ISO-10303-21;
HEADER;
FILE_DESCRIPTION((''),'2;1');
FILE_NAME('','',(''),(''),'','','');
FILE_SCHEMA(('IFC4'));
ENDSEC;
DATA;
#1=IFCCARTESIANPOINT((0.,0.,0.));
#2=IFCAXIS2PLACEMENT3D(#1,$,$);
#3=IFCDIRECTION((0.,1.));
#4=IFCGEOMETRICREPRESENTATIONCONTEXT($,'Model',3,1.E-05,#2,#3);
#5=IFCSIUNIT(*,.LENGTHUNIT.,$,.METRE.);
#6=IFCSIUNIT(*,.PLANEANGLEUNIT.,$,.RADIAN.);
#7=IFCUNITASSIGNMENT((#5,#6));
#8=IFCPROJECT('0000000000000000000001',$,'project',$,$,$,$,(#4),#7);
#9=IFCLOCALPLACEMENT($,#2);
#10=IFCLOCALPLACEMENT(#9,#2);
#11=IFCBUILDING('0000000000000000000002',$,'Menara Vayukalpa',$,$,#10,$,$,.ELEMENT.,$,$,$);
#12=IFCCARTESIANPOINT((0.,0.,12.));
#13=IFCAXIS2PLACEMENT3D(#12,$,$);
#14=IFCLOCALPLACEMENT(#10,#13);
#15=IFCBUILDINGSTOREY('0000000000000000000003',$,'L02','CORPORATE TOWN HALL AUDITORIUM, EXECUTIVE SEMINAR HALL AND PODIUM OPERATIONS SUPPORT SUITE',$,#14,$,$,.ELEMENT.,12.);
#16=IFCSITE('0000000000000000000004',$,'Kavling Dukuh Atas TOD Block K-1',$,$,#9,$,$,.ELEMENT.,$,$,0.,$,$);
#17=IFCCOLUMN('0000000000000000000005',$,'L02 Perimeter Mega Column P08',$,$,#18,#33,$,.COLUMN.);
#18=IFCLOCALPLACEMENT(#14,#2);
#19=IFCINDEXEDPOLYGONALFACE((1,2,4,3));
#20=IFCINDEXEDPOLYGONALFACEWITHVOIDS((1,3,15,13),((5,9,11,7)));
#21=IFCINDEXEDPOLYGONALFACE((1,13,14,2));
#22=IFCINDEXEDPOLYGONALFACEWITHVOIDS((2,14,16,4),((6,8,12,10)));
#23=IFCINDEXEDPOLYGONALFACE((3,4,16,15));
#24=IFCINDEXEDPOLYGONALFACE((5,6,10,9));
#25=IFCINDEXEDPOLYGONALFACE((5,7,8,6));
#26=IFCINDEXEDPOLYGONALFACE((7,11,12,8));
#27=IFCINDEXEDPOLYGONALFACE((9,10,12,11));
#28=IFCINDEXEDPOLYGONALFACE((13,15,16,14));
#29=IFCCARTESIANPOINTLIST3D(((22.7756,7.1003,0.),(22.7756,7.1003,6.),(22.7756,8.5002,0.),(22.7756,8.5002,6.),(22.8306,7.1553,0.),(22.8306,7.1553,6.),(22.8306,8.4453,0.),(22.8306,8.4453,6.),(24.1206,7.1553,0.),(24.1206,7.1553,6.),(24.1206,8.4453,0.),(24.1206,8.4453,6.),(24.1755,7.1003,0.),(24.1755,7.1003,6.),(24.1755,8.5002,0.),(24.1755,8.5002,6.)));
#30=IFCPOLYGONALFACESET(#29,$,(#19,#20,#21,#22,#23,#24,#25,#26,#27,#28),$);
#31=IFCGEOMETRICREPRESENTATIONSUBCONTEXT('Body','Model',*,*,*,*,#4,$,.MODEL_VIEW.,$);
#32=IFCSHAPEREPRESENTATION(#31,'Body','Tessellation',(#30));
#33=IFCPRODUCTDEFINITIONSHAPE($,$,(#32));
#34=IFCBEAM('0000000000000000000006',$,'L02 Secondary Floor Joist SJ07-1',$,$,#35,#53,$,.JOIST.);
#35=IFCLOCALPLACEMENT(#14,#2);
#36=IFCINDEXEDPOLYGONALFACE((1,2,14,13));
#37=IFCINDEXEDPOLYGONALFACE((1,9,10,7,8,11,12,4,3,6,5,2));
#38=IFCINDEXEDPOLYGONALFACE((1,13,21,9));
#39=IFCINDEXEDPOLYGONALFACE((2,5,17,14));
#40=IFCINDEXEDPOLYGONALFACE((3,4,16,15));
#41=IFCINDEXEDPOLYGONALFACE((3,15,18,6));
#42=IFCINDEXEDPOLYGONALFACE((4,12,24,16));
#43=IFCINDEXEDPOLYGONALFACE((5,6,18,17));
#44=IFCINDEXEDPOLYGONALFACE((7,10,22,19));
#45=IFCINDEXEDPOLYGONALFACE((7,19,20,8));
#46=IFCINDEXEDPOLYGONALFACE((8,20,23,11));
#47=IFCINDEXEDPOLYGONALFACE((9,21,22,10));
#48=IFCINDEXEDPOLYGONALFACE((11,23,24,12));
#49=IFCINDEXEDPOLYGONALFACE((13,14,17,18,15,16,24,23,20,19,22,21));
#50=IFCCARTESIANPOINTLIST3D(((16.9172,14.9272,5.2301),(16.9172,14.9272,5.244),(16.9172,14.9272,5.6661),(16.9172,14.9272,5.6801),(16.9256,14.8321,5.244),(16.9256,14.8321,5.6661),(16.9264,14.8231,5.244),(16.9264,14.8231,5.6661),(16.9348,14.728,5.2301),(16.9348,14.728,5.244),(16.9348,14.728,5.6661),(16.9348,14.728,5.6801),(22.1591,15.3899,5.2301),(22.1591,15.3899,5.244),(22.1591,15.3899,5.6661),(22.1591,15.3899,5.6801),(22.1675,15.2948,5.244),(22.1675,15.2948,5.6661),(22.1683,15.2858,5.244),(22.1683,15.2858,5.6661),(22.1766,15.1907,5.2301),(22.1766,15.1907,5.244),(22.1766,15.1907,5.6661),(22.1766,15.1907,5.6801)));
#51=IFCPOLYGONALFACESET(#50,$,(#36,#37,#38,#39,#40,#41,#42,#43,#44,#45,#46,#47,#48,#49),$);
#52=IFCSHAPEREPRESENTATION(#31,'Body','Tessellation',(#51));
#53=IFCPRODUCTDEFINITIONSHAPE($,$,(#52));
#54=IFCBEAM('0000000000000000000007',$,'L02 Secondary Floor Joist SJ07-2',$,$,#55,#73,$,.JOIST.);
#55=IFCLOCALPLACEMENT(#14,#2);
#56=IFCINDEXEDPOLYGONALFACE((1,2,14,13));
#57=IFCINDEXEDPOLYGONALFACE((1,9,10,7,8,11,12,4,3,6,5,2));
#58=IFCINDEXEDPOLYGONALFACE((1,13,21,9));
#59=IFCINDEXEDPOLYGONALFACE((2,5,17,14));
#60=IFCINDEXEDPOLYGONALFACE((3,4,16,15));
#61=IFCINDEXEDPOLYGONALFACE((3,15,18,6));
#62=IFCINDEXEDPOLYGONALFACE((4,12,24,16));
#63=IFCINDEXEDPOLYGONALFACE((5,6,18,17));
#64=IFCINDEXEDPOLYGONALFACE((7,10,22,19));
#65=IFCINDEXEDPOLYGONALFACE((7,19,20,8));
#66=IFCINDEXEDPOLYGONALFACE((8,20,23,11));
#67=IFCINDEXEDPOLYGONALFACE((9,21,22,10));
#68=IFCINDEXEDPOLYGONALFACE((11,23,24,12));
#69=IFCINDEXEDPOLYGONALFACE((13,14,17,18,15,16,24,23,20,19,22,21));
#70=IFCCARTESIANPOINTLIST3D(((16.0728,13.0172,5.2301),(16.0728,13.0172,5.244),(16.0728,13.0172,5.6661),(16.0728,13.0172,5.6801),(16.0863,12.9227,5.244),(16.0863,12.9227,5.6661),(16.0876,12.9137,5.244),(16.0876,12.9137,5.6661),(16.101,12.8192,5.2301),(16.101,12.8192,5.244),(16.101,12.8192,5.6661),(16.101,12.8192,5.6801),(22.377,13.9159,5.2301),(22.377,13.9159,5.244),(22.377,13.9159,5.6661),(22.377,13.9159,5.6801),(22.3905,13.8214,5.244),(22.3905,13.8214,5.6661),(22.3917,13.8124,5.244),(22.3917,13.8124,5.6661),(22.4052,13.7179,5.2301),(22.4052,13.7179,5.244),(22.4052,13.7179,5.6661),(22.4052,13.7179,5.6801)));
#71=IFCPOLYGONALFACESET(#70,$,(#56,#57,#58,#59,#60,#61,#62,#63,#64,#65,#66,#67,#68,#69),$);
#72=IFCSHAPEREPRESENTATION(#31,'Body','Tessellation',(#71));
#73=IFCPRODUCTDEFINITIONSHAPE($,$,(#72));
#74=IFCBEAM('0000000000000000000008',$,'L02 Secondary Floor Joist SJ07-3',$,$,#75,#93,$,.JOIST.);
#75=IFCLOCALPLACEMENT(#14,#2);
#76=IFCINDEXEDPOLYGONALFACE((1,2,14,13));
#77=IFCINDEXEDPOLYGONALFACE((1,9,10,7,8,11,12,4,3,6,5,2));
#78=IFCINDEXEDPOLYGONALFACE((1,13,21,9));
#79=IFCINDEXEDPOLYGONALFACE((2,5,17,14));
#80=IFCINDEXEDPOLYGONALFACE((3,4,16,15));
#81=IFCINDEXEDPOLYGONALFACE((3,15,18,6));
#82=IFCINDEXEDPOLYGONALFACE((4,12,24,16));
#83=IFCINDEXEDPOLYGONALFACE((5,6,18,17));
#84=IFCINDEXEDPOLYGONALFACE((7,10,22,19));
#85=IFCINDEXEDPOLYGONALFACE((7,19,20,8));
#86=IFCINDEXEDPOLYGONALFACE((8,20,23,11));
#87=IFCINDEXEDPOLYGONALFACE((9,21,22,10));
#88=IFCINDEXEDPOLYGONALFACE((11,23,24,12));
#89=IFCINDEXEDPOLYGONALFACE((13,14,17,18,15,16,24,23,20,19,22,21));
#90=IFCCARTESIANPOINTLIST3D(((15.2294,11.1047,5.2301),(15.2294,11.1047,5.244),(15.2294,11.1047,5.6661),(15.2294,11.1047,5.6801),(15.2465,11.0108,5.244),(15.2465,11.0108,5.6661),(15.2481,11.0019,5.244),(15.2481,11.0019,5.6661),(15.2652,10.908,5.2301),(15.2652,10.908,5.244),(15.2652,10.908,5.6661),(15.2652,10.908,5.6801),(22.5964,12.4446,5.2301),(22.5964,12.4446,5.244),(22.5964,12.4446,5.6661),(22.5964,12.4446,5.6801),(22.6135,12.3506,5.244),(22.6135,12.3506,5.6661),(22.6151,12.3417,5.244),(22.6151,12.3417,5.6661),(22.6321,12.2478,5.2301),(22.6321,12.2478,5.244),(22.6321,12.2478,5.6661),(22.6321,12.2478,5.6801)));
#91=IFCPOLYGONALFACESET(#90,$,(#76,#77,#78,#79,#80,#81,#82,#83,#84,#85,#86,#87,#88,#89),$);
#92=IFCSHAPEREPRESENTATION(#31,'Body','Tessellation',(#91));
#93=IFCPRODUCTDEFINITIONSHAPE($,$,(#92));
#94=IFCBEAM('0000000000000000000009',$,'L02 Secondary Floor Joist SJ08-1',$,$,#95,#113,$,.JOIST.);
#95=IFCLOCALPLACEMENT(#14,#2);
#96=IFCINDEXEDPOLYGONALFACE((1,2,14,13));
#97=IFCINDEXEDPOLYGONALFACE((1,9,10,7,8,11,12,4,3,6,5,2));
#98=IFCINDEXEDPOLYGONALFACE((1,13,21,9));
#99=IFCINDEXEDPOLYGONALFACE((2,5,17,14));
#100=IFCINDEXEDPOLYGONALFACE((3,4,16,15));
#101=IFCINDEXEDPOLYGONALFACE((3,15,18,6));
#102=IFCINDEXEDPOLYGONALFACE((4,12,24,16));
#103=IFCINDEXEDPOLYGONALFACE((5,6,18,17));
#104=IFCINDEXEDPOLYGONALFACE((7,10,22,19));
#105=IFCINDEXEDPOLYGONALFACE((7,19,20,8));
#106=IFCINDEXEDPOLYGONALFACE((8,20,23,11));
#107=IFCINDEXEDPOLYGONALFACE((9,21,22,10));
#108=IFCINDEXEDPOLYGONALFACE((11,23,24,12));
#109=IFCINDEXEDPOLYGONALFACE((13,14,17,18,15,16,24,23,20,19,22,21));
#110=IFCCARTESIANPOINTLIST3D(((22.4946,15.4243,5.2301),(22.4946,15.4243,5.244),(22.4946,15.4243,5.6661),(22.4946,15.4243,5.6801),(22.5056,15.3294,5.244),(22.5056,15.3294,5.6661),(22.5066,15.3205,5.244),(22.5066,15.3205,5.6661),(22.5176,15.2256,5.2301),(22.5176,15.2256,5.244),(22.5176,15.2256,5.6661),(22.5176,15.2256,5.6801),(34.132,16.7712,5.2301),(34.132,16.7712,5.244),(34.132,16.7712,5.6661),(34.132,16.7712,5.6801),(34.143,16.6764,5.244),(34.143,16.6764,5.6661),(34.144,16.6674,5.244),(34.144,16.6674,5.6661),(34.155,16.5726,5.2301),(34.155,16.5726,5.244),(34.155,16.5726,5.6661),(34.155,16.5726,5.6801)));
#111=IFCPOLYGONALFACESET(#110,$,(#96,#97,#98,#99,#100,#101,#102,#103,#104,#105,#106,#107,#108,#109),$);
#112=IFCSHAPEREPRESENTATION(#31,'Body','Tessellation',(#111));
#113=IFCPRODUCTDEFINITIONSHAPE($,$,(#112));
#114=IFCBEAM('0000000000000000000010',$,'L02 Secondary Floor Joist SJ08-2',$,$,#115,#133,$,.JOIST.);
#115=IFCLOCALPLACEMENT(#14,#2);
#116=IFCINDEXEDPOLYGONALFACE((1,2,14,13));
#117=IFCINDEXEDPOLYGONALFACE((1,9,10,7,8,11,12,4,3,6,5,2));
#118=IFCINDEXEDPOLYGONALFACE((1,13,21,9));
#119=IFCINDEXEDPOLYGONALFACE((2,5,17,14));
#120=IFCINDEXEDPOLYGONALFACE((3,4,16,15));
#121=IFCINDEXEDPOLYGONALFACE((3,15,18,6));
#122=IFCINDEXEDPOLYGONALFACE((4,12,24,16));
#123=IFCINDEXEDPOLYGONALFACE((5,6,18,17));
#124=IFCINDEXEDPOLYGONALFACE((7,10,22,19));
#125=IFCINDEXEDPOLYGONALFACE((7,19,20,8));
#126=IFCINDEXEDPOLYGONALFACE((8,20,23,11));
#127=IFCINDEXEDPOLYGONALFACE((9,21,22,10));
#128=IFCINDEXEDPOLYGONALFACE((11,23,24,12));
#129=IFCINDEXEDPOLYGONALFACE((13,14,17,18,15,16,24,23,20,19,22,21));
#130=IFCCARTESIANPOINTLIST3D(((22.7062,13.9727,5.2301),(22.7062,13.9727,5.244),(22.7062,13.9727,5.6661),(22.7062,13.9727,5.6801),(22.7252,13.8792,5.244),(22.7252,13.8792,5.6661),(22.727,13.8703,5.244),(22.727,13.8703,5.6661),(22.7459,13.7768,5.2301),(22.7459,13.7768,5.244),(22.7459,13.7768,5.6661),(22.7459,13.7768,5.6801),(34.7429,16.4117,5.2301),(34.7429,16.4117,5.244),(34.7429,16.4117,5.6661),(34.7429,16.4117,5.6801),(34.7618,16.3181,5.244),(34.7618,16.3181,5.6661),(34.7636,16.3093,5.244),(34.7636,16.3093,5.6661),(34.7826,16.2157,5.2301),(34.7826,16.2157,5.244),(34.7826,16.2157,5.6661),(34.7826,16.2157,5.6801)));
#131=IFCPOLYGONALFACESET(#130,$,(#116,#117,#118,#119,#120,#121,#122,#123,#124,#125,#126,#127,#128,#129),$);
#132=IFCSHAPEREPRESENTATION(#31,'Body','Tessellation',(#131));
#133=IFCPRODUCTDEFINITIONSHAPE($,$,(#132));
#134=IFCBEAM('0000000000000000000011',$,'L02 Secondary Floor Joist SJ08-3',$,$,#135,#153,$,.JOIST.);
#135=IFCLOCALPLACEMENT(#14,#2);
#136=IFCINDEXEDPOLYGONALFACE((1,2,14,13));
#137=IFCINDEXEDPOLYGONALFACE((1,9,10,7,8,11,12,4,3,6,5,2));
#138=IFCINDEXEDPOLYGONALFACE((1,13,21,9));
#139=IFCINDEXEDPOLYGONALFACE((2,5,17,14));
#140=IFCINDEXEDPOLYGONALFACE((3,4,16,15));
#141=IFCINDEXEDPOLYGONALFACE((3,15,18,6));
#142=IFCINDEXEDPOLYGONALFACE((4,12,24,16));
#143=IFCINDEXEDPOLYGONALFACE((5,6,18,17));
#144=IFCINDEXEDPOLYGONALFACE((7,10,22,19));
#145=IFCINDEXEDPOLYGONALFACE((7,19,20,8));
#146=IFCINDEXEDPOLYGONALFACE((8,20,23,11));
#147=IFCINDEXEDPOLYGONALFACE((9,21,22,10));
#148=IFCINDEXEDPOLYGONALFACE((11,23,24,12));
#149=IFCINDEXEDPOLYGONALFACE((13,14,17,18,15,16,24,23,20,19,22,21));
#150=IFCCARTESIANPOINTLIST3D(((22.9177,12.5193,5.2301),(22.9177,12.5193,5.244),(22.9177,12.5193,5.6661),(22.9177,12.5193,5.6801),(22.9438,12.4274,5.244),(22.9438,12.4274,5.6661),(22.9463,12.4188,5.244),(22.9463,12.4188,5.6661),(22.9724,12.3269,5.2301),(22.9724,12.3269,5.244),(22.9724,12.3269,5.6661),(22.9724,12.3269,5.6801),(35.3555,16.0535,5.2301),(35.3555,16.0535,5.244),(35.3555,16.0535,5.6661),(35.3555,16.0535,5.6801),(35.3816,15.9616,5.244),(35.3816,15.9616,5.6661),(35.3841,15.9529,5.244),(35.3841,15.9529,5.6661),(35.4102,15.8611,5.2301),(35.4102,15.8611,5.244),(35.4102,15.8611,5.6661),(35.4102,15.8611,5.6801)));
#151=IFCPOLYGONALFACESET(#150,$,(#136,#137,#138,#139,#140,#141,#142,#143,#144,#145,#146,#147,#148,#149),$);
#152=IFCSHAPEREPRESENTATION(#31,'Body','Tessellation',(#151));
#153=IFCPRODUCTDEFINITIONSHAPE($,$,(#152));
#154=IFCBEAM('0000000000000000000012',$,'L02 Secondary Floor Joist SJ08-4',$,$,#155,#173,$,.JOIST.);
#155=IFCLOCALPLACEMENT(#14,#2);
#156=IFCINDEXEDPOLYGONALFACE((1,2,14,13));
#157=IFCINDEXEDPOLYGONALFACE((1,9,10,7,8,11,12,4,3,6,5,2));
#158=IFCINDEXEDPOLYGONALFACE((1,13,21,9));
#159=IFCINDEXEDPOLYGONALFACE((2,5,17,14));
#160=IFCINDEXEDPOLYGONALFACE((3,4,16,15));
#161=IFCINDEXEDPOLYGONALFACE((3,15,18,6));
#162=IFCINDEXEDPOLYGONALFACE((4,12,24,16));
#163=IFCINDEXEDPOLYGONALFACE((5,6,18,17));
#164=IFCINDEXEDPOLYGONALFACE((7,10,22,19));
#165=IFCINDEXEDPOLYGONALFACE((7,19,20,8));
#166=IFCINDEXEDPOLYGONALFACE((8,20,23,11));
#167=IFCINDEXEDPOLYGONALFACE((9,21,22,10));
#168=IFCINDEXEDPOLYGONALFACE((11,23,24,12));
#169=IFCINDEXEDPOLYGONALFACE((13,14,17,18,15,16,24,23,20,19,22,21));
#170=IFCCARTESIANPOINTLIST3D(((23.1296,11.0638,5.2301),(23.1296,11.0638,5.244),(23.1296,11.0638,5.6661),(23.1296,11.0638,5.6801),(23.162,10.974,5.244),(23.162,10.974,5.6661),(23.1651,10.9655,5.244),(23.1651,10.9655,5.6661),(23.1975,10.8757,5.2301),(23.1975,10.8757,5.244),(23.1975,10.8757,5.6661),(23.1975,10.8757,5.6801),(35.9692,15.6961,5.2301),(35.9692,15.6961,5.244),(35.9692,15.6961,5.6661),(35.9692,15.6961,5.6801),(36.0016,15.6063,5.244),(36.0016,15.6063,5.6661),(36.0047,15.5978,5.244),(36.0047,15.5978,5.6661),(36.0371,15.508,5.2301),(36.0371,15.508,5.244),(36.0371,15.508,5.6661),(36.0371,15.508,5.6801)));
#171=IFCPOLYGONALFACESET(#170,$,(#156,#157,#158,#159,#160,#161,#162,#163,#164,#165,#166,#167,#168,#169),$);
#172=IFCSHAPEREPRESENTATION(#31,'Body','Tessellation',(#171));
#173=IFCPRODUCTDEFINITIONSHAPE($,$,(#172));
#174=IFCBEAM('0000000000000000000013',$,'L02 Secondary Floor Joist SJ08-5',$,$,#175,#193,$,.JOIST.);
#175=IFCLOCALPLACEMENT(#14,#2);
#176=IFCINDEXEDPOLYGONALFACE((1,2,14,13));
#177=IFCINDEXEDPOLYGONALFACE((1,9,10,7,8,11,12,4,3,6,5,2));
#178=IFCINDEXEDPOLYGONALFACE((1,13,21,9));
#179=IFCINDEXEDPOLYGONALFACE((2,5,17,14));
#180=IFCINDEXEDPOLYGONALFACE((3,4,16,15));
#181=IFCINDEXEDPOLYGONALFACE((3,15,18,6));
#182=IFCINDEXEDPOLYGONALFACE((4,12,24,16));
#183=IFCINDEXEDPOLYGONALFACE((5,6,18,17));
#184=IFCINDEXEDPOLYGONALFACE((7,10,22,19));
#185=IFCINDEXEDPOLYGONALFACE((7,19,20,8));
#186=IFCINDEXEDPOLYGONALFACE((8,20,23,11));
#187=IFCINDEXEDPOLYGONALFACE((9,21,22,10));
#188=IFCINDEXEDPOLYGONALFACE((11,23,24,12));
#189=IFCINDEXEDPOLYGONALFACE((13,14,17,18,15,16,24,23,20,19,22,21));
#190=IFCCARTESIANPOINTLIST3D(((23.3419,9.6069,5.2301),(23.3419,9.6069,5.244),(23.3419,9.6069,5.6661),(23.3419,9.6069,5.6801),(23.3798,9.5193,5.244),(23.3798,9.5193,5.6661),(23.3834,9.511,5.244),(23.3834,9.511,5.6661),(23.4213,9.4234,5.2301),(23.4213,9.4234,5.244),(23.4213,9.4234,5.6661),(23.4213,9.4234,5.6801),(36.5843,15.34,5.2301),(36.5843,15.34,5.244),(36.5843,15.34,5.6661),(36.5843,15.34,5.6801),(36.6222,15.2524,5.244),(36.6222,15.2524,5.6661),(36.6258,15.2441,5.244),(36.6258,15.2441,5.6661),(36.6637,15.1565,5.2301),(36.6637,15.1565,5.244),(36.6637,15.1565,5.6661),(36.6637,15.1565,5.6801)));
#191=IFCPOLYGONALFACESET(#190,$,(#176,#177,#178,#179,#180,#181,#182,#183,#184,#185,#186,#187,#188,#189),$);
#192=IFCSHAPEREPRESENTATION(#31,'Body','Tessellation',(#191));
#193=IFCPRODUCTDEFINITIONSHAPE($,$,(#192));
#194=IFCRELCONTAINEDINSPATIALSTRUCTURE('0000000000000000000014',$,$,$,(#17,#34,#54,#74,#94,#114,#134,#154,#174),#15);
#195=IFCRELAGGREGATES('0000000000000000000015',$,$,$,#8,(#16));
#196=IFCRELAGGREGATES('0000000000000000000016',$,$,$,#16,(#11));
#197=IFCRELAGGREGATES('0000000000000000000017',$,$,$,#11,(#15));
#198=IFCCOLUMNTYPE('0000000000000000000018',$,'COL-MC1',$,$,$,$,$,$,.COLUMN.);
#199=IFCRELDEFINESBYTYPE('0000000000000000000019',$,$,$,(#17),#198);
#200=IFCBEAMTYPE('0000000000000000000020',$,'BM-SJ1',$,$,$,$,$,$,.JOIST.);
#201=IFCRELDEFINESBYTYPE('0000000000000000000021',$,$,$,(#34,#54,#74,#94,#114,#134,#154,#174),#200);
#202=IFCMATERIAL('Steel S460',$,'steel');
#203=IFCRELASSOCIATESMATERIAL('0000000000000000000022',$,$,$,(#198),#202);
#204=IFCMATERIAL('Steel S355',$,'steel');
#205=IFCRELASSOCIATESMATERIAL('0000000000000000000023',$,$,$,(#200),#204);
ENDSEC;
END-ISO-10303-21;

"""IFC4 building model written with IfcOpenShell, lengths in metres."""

from ifc_helpers import new_model, si_unit, direction, frame, origin, origin_2d, place, context, subcontext, project, spatial, hollow_rectangle, i_section, extrude, material, material_profile, profile_set, type_object, element, save


model = new_model("IFC4")

# Units and contexts
model_context = context("Model", 3, precision=1e-05, world=origin(), true_north=direction((0.0, 1.0)))
body_context = subcontext(model_context, "Body", "Model", "MODEL_VIEW")
ifc_project = project(units=[si_unit("LENGTHUNIT", "METRE"), si_unit("PLANEANGLEUNIT", "RADIAN")], contexts=[model_context])

# Site, building, storey
site_placement = place(None, origin())
site = spatial("IfcSite", under=ifc_project, at=site_placement, Name="Kavling Dukuh Atas TOD Block K-1", CompositionType="ELEMENT", RefElevation=0.0)
building_placement = place(site_placement, origin())
building = spatial("IfcBuilding", under=site, at=building_placement, Name="Menara Vayukalpa", CompositionType="ELEMENT")
storey_placement = place(building_placement, frame((0.0, 0.0, 12.0)))
storey = spatial("IfcBuildingStorey", under=building, at=storey_placement, Name="L02", Description="CORPORATE TOWN HALL AUDITORIUM, EXECUTIVE SEMINAR HALL AND PODIUM OPERATIONS SUPPORT SUITE", CompositionType="ELEMENT", Elevation=12.0)

# Column
ifc_material_1 = material(Name="Steel S460", Category="steel")
ifc_material_profile_1 = material_profile(ifc_material_1, hollow_rectangle(XDim=1.3999, YDim=1.3999, WallThickness=0.0549, at=origin_2d()), Name="BOX 1400x1400x55")
ifc_profile_set_1 = profile_set([ifc_material_profile_1], Name="Steel S460")
column_type = type_object("IfcColumnType", Name="COL-MC1", PredefinedType="COLUMN", material=ifc_profile_set_1)
column_placement = place(storey_placement, frame((23.4756, 7.8003, 0.0), z_axis=(0.0, 0.0, 1.0), x_axis=(1.0, 0.0, 0.0)))
element("IfcColumn", 1, at=column_placement, inside=storey, type_object=column_type, Name="L02 Perimeter Mega Column P08", PredefinedType="COLUMN", context=body_context, shape_type="SweptSolid", body=[
    extrude(hollow_rectangle(XDim=1.3999, YDim=1.3999, WallThickness=0.0549, at=origin_2d()), origin(), (0.0, 0.0, 1.0), 6.0),
])

# Beams
ifc_material_2 = material(Name="Steel S355", Category="steel")
ifc_material_profile_2 = material_profile(ifc_material_2, i_section(OverallWidth=0.2, OverallDepth=0.45, WebThickness=0.009, FlangeThickness=0.0139, at=origin_2d()), Name="WF 450x200x9x14")
ifc_profile_set_2 = profile_set([ifc_material_profile_2], Name="Steel S355")
beam_type_1 = type_object("IfcBeamType", Name="BM-SJ1", PredefinedType="JOIST", material=ifc_profile_set_2)
beam_1_placement = place(storey_placement, frame((16.926, 14.8276, 5.4551), z_axis=(0.996128, 0.087917, 0.0), x_axis=(-0.087917, 0.996128, 0.0)))
element("IfcBeam", 2, at=beam_1_placement, inside=storey, type_object=beam_type_1, Name="L02 Secondary Floor Joist SJ07-1", PredefinedType="JOIST", context=body_context, shape_type="SweptSolid", body=[
    extrude(i_section(OverallWidth=0.2, OverallDepth=0.45, WebThickness=0.009, FlangeThickness=0.0139, at=origin_2d()), origin(), (0.0, 0.0, 1.0), 5.2622),
])
beam_2_placement = place(storey_placement, frame((16.0869, 12.9182, 5.4551), z_axis=(0.989992, 0.141126, 0.0), x_axis=(-0.141126, 0.989992, 0.0)))
element("IfcBeam", 3, at=beam_2_placement, inside=storey, type_object=beam_type_1, Name="L02 Secondary Floor Joist SJ07-2", PredefinedType="JOIST", context=body_context, shape_type="SweptSolid", body=[
    extrude(i_section(OverallWidth=0.2, OverallDepth=0.45, WebThickness=0.009, FlangeThickness=0.0139, at=origin_2d()), origin(), (0.0, 0.0, 1.0), 6.3679),
])
beam_3_placement = place(storey_placement, frame((15.2473, 11.0063, 5.4551), z_axis=(0.983861, 0.178937, 0.0), x_axis=(-0.178937, 0.983861, 0.0)))
element("IfcBeam", 4, at=beam_3_placement, inside=storey, type_object=beam_type_1, Name="L02 Secondary Floor Joist SJ07-3", PredefinedType="JOIST", context=body_context, shape_type="SweptSolid", body=[
    extrude(i_section(OverallWidth=0.2, OverallDepth=0.45, WebThickness=0.009, FlangeThickness=0.0139, at=origin_2d()), origin(), (0.0, 0.0, 1.0), 7.4878),
])
beam_4_placement = place(storey_placement, frame((22.5061, 15.325, 5.4551), z_axis=(0.993369, 0.114973, 0.0), x_axis=(-0.114973, 0.993369, 0.0)))
element("IfcBeam", 5, at=beam_4_placement, inside=storey, type_object=beam_type_1, Name="L02 Secondary Floor Joist SJ08-1", PredefinedType="JOIST", context=body_context, shape_type="SweptSolid", body=[
    extrude(i_section(OverallWidth=0.2, OverallDepth=0.45, WebThickness=0.009, FlangeThickness=0.0139, at=origin_2d()), origin(), (0.0, 0.0, 1.0), 11.7151),
])
beam_5_placement = place(storey_placement, frame((22.7261, 13.8748, 5.4551), z_axis=(0.980082, 0.198593, 0.0), x_axis=(-0.198593, 0.980082, 0.0)))
element("IfcBeam", 6, at=beam_5_placement, inside=storey, type_object=beam_type_1, Name="L02 Secondary Floor Joist SJ08-2", PredefinedType="JOIST", context=body_context, shape_type="SweptSolid", body=[
    extrude(i_section(OverallWidth=0.2, OverallDepth=0.45, WebThickness=0.009, FlangeThickness=0.0139, at=origin_2d()), origin(), (0.0, 0.0, 1.0), 12.2812),
])
beam_6_placement = place(storey_placement, frame((22.9451, 12.4231, 5.4551), z_axis=(0.961921, 0.273329, 0.0), x_axis=(-0.273329, 0.961921, 0.0)))
element("IfcBeam", 7, at=beam_6_placement, inside=storey, type_object=beam_type_1, Name="L02 Secondary Floor Joist SJ08-3", PredefinedType="JOIST", context=body_context, shape_type="SweptSolid", body=[
    extrude(i_section(OverallWidth=0.2, OverallDepth=0.45, WebThickness=0.009, FlangeThickness=0.0139, at=origin_2d()), origin(), (0.0, 0.0, 1.0), 12.9302),
])
beam_7_placement = place(storey_placement, frame((23.1636, 10.9697, 5.4551), z_axis=(0.940652, 0.339372, 0.0), x_axis=(-0.339372, 0.940652, 0.0)))
element("IfcBeam", 8, at=beam_7_placement, inside=storey, type_object=beam_type_1, Name="L02 Secondary Floor Joist SJ08-4", PredefinedType="JOIST", context=body_context, shape_type="SweptSolid", body=[
    extrude(i_section(OverallWidth=0.2, OverallDepth=0.45, WebThickness=0.009, FlangeThickness=0.0139, at=origin_2d()), origin(), (0.0, 0.0, 1.0), 13.6497),
])
beam_8_placement = place(storey_placement, frame((23.3816, 9.5151, 5.4551), z_axis=(0.917688, 0.397302, 0.0), x_axis=(-0.397302, 0.917688, 0.0)))
element("IfcBeam", 9, at=beam_8_placement, inside=storey, type_object=beam_type_1, Name="L02 Secondary Floor Joist SJ08-5", PredefinedType="JOIST", context=body_context, shape_type="SweptSolid", body=[
    extrude(i_section(OverallWidth=0.2, OverallDepth=0.45, WebThickness=0.009, FlangeThickness=0.0139, at=origin_2d()), origin(), (0.0, 0.0, 1.0), 14.4302),
])

save(model, "model.ifc")
